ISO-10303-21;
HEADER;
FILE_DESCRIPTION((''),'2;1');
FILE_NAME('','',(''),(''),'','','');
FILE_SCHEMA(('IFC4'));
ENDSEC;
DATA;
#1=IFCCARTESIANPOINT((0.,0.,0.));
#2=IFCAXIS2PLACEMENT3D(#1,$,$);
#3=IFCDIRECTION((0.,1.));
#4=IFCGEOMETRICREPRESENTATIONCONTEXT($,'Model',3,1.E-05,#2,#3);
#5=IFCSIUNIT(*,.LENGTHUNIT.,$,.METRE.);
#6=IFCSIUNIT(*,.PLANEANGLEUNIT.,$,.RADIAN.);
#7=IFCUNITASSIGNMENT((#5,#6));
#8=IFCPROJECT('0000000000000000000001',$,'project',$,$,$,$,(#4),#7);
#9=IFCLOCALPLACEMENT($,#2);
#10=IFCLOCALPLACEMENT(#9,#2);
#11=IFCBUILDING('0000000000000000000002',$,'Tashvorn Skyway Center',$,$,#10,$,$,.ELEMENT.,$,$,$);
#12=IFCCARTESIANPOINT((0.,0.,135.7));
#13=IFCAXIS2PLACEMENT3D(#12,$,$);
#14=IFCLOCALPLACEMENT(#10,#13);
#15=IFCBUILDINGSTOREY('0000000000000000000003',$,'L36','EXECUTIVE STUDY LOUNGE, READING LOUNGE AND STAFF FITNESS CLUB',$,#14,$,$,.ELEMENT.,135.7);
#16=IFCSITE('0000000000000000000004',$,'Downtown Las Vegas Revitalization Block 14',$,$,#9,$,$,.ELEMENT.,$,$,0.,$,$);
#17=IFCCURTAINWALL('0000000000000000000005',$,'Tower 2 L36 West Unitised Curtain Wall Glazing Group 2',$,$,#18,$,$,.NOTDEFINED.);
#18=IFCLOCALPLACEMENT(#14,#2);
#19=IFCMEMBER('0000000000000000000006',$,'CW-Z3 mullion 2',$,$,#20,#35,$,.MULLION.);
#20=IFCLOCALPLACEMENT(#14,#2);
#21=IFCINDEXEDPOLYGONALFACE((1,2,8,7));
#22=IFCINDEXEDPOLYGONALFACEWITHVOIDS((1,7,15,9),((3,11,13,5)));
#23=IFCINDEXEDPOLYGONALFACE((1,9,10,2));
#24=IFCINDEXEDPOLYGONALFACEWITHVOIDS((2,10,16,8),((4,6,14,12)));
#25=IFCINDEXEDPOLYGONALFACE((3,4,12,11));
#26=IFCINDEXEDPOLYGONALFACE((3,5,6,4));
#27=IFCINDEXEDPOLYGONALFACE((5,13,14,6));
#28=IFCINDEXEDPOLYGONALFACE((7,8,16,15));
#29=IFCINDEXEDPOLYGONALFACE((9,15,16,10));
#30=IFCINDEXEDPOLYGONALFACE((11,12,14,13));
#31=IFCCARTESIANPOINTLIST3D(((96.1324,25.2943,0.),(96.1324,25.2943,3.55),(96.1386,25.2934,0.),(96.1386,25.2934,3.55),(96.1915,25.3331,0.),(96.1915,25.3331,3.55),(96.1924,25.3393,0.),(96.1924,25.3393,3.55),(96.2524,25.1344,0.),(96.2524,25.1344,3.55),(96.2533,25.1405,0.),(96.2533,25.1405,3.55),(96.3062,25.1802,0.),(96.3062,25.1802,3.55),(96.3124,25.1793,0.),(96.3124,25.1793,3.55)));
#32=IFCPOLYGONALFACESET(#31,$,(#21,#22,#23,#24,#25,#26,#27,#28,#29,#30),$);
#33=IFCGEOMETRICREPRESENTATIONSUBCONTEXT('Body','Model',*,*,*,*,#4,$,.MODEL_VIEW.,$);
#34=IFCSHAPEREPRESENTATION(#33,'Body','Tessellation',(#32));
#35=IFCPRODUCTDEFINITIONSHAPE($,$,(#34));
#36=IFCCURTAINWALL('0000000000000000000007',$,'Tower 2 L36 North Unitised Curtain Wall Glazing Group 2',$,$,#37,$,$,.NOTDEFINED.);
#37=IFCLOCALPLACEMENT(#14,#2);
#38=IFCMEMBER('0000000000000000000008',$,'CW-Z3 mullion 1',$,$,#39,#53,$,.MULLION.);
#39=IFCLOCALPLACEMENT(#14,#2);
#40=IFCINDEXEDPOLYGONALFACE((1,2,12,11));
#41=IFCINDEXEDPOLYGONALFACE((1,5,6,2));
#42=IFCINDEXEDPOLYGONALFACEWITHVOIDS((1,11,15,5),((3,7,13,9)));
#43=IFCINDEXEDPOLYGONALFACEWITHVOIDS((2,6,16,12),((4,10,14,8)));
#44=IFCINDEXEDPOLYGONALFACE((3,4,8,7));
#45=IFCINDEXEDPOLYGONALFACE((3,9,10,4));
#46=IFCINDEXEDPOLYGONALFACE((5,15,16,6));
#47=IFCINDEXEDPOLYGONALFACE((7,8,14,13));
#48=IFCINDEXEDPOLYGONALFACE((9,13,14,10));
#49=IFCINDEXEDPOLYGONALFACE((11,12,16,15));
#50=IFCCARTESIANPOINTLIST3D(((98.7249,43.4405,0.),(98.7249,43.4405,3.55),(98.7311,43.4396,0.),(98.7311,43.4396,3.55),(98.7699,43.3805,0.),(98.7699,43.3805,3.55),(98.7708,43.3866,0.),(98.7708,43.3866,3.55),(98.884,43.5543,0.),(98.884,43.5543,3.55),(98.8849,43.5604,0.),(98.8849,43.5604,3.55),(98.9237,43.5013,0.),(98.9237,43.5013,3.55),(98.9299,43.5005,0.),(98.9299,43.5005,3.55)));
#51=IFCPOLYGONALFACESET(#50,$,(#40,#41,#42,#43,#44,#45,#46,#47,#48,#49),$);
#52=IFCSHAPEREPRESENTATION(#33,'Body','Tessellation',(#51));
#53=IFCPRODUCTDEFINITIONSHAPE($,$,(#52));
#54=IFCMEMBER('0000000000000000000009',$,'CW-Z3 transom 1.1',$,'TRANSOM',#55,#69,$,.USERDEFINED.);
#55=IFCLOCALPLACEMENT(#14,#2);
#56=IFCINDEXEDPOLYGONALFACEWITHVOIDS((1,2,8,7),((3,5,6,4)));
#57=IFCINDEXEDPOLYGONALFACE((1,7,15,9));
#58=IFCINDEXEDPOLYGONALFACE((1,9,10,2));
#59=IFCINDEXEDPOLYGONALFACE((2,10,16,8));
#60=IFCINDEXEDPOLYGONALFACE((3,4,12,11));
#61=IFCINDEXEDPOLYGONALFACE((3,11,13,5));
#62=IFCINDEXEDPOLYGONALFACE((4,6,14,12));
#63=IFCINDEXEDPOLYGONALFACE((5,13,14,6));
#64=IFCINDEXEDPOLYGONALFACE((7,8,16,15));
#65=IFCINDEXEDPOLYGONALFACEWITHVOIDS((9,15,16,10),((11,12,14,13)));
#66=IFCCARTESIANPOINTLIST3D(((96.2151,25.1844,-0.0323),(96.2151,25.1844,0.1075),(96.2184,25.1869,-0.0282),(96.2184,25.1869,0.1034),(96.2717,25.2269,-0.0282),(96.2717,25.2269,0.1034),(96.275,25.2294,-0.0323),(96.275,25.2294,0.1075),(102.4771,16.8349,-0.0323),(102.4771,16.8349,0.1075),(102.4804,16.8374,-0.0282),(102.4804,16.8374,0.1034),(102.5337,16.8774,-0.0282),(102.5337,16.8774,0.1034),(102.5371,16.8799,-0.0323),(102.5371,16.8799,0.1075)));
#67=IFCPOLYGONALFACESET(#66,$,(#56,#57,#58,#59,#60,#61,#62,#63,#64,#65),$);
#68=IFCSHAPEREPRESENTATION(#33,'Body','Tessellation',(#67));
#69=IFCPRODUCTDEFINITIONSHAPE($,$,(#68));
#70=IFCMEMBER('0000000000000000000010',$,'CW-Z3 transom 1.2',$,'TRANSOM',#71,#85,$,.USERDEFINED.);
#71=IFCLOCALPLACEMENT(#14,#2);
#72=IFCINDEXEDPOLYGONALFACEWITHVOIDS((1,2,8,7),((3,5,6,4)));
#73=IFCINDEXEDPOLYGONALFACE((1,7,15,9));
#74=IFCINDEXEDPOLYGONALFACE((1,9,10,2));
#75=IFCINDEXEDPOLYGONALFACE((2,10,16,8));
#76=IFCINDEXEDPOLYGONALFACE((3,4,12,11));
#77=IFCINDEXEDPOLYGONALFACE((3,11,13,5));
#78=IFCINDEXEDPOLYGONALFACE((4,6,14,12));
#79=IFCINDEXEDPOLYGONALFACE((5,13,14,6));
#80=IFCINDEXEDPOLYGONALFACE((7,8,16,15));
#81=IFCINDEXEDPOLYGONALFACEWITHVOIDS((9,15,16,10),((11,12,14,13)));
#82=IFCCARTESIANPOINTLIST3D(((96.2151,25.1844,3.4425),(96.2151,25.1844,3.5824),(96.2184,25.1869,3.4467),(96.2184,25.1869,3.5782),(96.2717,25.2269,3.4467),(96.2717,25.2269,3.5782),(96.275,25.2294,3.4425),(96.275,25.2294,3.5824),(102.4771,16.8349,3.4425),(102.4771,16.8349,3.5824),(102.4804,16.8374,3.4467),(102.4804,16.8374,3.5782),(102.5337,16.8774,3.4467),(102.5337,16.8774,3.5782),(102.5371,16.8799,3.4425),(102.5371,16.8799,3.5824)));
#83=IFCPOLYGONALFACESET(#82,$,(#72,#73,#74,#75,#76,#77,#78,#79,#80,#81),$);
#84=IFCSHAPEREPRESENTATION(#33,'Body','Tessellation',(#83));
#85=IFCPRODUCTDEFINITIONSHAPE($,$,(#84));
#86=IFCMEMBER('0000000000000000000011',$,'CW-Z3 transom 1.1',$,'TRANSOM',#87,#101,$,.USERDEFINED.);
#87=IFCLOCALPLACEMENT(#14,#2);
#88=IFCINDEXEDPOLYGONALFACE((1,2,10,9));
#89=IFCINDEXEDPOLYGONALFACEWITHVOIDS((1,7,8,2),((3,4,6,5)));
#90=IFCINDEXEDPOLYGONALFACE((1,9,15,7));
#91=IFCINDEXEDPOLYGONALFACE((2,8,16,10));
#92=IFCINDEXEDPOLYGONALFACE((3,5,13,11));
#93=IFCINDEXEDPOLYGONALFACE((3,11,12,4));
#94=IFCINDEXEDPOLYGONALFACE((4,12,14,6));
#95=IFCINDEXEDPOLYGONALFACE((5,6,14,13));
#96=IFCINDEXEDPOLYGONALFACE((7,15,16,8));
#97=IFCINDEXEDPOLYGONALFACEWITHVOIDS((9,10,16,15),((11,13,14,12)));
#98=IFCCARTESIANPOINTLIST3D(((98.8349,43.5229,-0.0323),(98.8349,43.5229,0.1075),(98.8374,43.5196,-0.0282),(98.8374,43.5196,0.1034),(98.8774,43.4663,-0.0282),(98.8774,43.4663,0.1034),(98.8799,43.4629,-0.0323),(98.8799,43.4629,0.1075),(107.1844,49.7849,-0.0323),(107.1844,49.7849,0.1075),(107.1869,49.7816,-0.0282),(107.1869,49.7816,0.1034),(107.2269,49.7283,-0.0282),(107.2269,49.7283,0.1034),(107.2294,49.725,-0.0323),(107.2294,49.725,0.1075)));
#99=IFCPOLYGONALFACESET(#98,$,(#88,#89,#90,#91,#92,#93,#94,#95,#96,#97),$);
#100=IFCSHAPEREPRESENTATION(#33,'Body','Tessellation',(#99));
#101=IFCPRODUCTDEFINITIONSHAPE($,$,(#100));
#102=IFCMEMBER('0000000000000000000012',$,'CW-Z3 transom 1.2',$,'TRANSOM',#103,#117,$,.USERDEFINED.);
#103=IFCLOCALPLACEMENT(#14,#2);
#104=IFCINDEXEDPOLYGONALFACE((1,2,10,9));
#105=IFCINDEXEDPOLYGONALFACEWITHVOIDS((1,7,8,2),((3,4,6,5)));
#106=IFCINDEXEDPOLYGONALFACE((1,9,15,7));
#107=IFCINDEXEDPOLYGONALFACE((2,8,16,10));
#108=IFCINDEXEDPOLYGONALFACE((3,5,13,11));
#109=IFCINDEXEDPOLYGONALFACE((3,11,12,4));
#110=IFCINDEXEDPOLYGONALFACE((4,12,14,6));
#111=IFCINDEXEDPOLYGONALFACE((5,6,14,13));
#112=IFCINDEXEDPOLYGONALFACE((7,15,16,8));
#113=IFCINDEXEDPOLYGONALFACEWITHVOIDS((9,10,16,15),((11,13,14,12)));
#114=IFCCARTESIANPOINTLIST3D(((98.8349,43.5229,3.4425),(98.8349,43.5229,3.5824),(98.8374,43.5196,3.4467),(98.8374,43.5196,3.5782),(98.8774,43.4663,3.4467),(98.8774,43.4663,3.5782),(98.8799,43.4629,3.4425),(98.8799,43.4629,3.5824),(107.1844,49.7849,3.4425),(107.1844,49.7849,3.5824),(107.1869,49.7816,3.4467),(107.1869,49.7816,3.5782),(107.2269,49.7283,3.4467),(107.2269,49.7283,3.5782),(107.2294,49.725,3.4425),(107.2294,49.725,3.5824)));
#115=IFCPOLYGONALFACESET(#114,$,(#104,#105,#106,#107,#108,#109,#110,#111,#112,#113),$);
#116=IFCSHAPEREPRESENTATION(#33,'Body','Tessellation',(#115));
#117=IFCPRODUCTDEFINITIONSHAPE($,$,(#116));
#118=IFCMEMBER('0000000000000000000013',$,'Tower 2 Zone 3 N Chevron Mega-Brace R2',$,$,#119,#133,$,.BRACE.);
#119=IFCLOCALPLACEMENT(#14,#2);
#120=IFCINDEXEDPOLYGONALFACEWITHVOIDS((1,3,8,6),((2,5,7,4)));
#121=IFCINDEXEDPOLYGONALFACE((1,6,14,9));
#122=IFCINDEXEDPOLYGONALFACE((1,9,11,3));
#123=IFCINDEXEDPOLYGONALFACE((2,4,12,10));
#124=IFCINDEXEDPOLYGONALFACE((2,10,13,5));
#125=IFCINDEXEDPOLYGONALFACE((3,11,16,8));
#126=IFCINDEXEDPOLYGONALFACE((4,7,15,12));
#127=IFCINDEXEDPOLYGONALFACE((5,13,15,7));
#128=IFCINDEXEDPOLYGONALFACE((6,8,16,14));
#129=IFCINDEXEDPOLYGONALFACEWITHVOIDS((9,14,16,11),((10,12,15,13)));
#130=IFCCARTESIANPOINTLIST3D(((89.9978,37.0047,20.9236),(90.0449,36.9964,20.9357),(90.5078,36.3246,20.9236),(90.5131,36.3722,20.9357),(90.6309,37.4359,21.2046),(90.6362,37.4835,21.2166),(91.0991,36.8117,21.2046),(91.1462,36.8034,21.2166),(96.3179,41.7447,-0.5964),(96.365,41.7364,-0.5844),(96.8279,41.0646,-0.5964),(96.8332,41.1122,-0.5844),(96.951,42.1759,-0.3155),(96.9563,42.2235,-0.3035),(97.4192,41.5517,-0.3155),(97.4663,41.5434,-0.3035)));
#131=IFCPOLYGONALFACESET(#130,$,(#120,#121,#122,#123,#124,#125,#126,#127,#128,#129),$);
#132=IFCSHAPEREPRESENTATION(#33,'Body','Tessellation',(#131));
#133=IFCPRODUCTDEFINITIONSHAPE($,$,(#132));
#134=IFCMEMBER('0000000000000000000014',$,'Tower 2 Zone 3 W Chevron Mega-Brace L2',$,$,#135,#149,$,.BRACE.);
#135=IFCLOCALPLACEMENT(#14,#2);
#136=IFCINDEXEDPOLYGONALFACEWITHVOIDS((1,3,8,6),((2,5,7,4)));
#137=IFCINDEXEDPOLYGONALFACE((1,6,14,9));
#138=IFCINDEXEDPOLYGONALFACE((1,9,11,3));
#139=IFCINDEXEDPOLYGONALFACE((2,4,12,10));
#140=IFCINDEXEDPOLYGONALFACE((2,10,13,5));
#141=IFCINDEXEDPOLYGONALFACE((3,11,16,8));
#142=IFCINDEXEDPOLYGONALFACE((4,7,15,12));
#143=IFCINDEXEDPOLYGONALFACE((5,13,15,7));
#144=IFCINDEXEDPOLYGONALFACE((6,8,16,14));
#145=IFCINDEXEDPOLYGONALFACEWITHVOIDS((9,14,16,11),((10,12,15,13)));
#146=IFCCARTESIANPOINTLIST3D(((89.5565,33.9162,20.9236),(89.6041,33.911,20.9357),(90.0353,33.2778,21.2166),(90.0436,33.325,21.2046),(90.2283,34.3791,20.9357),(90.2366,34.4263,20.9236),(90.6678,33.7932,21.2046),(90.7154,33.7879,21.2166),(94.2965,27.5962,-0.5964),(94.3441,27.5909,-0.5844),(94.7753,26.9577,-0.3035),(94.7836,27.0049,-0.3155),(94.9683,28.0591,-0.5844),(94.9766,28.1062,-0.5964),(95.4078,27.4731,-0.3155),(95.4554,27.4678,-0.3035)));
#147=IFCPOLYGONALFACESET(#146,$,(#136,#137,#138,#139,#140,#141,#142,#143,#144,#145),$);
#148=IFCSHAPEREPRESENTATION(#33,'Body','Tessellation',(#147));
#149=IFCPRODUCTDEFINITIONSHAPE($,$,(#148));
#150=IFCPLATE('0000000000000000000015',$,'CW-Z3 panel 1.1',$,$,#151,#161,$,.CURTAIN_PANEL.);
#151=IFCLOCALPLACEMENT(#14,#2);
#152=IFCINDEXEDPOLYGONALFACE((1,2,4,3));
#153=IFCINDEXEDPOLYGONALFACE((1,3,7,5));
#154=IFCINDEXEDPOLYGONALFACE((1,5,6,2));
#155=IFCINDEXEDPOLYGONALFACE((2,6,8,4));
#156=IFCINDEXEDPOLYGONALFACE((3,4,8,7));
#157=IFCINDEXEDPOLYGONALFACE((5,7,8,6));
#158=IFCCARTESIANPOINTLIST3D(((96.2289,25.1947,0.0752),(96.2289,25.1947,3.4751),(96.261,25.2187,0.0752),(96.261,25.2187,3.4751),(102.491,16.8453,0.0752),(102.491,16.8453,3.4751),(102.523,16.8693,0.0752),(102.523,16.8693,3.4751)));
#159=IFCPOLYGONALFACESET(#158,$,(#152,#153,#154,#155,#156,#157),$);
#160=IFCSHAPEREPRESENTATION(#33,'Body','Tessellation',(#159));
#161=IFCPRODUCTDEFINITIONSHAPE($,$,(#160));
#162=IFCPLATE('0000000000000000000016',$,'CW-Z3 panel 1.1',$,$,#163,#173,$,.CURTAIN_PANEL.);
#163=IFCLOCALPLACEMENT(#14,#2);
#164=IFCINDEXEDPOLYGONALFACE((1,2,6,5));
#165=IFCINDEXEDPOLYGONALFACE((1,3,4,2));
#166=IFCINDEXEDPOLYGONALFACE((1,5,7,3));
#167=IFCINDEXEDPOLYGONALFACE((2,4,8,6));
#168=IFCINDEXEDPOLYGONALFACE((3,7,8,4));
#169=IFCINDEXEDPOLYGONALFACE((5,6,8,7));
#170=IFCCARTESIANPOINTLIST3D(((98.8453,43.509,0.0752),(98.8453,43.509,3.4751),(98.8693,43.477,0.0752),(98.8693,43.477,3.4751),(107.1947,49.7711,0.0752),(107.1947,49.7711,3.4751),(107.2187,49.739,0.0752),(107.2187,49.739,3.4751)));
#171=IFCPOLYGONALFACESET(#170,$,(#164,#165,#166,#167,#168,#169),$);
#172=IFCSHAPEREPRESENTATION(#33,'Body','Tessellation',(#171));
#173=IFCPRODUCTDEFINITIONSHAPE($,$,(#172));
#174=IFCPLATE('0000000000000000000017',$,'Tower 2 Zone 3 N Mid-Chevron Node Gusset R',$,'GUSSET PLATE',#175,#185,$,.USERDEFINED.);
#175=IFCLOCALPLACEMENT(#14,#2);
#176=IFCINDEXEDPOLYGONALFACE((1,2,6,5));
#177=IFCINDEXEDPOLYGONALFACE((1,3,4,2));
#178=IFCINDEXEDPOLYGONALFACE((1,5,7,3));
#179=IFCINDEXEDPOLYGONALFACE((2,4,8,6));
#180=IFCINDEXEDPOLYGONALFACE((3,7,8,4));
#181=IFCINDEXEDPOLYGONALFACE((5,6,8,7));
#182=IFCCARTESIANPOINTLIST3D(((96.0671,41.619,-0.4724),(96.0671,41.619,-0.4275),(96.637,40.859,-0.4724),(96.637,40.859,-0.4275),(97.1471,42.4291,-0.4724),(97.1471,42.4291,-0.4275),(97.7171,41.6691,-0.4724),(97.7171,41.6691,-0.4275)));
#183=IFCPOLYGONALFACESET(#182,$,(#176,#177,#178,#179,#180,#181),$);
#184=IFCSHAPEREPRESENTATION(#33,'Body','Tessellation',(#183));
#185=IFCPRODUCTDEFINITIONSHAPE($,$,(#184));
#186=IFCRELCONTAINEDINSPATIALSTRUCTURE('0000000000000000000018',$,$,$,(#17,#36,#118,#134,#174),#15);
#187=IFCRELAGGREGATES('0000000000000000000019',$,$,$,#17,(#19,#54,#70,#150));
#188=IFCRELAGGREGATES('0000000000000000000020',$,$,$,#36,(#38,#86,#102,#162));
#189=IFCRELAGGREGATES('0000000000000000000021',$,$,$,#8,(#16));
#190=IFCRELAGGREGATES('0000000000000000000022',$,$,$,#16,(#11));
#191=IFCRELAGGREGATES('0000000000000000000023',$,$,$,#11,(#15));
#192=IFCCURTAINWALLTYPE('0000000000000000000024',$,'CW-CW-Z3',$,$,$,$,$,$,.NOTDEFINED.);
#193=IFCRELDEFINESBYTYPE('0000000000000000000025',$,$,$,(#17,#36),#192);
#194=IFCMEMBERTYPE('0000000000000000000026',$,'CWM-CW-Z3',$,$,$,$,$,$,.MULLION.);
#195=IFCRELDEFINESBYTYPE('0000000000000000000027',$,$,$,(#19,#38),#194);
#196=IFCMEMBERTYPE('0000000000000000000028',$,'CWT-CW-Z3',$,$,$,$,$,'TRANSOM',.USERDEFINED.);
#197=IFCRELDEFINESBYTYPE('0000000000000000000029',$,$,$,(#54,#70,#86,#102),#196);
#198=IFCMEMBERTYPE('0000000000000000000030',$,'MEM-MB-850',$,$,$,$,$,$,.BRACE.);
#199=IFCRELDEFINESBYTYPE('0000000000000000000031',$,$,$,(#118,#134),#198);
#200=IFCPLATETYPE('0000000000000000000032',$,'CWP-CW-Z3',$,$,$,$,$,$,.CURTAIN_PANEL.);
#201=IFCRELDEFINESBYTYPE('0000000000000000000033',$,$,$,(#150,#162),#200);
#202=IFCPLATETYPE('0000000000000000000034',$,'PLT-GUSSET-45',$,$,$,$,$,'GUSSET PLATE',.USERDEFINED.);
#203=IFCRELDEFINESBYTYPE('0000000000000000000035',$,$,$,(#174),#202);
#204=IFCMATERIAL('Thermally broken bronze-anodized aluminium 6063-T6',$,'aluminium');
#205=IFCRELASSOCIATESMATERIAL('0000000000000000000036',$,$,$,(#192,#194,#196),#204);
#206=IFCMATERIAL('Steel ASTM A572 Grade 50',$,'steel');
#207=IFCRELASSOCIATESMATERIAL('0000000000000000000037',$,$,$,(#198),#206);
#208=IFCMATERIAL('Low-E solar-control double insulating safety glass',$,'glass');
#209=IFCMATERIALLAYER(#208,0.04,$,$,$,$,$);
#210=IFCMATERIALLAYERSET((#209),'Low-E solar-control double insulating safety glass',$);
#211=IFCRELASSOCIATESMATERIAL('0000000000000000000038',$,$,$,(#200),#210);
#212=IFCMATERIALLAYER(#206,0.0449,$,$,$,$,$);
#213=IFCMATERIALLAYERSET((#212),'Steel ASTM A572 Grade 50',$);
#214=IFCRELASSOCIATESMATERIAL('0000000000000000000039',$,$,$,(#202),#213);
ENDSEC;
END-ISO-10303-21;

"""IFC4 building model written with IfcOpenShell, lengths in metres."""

from ifc_helpers import new_model, si_unit, direction, frame, origin, origin_2d, place, context, subcontext, project, spatial, rectangle, hollow_rectangle, extrude, material, layer, layer_set, material_profile, profile_set, type_object, element, aggregate, save


model = new_model("IFC4")

# Units and contexts
model_context = context("Model", 3, precision=1e-05, world=origin(), true_north=direction((0.0, 1.0)))
body_context = subcontext(model_context, "Body", "Model", "MODEL_VIEW")
ifc_project = project(units=[si_unit("LENGTHUNIT", "METRE"), si_unit("PLANEANGLEUNIT", "RADIAN")], contexts=[model_context])

# Site, building, storey
site_placement = place(None, origin())
site = spatial("IfcSite", under=ifc_project, at=site_placement, Name="Downtown Las Vegas Revitalization Block 14", CompositionType="ELEMENT", RefElevation=0.0)
building_placement = place(site_placement, origin())
building = spatial("IfcBuilding", under=site, at=building_placement, Name="Tashvorn Skyway Center", CompositionType="ELEMENT")
storey_placement = place(building_placement, frame((0.0, 0.0, 135.7)))
storey = spatial("IfcBuildingStorey", under=building, at=storey_placement, Name="L36", Description="EXECUTIVE STUDY LOUNGE, READING LOUNGE AND STAFF FITNESS CLUB", CompositionType="ELEMENT", Elevation=135.7)

# Shared definitions
ifc_material_1 = material(Name="Steel ASTM A572 Grade 50", Category="steel")

# Curtain wall, member
ifc_material_2 = material(Name="Thermally broken bronze-anodized aluminium 6063-T6", Category="aluminium")
curtain_wall_type = type_object("IfcCurtainWallType", Name="CW-CW-Z3", PredefinedType="NOTDEFINED", material=ifc_material_2)
curtain_wall_1_placement = place(storey_placement, origin())
curtain_wall_1 = element("IfcCurtainWall", 1, at=curtain_wall_1_placement, inside=storey, type_object=curtain_wall_type, Name="Tower 2 L36 West Unitised Curtain Wall Glazing Group 2", PredefinedType="NOTDEFINED")
ifc_material_profile_1 = material_profile(ifc_material_2, hollow_rectangle(XDim=0.075, YDim=0.2, WallThickness=0.0044, at=origin_2d()), Name="ALU-MULL-75x200")
ifc_profile_set_1 = profile_set([ifc_material_profile_1], Name="Thermally broken bronze-anodized aluminium 6063-T6")
member_type_1 = type_object("IfcMemberType", Name="CWM-CW-Z3", PredefinedType="MULLION", material=ifc_profile_set_1)
member_1_placement = place(storey_placement, frame((96.2224, 25.2368, 0.0), z_axis=(0.0, 0.0, 1.0), x_axis=(-0.800002, -0.599997, 0.0)))
member_1 = element("IfcMember", 2, at=member_1_placement, type_object=member_type_1, Name="CW-Z3 mullion 2", PredefinedType="MULLION", context=body_context, shape_type="SweptSolid", body=[
    extrude(hollow_rectangle(XDim=0.075, YDim=0.2, WallThickness=0.0044, at=origin_2d()), origin(), (0.0, 0.0, 1.0), 3.55),
])

# Curtain wall, member
curtain_wall_2_placement = place(storey_placement, origin())
curtain_wall_2 = element("IfcCurtainWall", 3, at=curtain_wall_2_placement, inside=storey, type_object=curtain_wall_type, Name="Tower 2 L36 North Unitised Curtain Wall Glazing Group 2", PredefinedType="NOTDEFINED")
member_2_placement = place(storey_placement, frame((98.8274, 43.4705, 0.0), z_axis=(0.0, 0.0, 1.0), x_axis=(-0.599997, 0.800002, 0.0)))
member_2 = element("IfcMember", 4, at=member_2_placement, type_object=member_type_1, Name="CW-Z3 mullion 1", PredefinedType="MULLION", context=body_context, shape_type="SweptSolid", body=[
    extrude(hollow_rectangle(XDim=0.075, YDim=0.2, WallThickness=0.0044, at=origin_2d()), origin(), (0.0, 0.0, 1.0), 3.55),
])

# Members
ifc_material_profile_2 = material_profile(ifc_material_2, hollow_rectangle(XDim=0.075, YDim=0.1399, WallThickness=0.0042, at=origin_2d()), Name="ALU-TRAN-75x140")
ifc_profile_set_2 = profile_set([ifc_material_profile_2], Name="Thermally broken bronze-anodized aluminium 6063-T6")
member_type_2 = type_object("IfcMemberType", Name="CWT-CW-Z3", ElementType="TRANSOM", PredefinedType="USERDEFINED", material=ifc_profile_set_2)
member_3_placement = place(storey_placement, frame((102.5071, 16.8574, 0.0376), z_axis=(-0.599996, 0.800003, 0.0), x_axis=(-0.800003, -0.599996, 0.0)))
member_3 = element("IfcMember", 5, at=member_3_placement, type_object=member_type_2, Name="CW-Z3 transom 1.1", ObjectType="TRANSOM", PredefinedType="USERDEFINED", context=body_context, shape_type="SweptSolid", body=[
    extrude(hollow_rectangle(XDim=0.075, YDim=0.1399, WallThickness=0.0042, at=origin_2d()), origin(), (0.0, 0.0, 1.0), 10.4368),
])
member_4_placement = place(storey_placement, frame((102.5071, 16.8574, 3.5125), z_axis=(-0.599996, 0.800003, 0.0), x_axis=(-0.800003, -0.599996, 0.0)))
member_4 = element("IfcMember", 6, at=member_4_placement, type_object=member_type_2, Name="CW-Z3 transom 1.2", ObjectType="TRANSOM", PredefinedType="USERDEFINED", context=body_context, shape_type="SweptSolid", body=[
    extrude(hollow_rectangle(XDim=0.075, YDim=0.1399, WallThickness=0.0042, at=origin_2d()), origin(), (0.0, 0.0, 1.0), 10.4368),
])
member_5_placement = place(storey_placement, frame((98.8574, 43.4929, 0.0376), z_axis=(0.800003, 0.599996, 0.0), x_axis=(-0.599996, 0.800003, 0.0)))
member_5 = element("IfcMember", 7, at=member_5_placement, type_object=member_type_2, Name="CW-Z3 transom 1.1", ObjectType="TRANSOM", PredefinedType="USERDEFINED", context=body_context, shape_type="SweptSolid", body=[
    extrude(hollow_rectangle(XDim=0.075, YDim=0.1399, WallThickness=0.0042, at=origin_2d()), origin(), (0.0, 0.0, 1.0), 10.4368),
])
member_6_placement = place(storey_placement, frame((98.8574, 43.4929, 3.5125), z_axis=(0.800003, 0.599996, 0.0), x_axis=(-0.599996, 0.800003, 0.0)))
member_6 = element("IfcMember", 8, at=member_6_placement, type_object=member_type_2, Name="CW-Z3 transom 1.2", ObjectType="TRANSOM", PredefinedType="USERDEFINED", context=body_context, shape_type="SweptSolid", body=[
    extrude(hollow_rectangle(XDim=0.075, YDim=0.1399, WallThickness=0.0042, at=origin_2d()), origin(), (0.0, 0.0, 1.0), 10.4368),
])

# Members
ifc_material_profile_3 = material_profile(ifc_material_1, hollow_rectangle(XDim=0.8501, YDim=0.8501, WallThickness=0.0349, at=origin_2d()), Name="BOX850x850x35")
ifc_profile_set_3 = profile_set([ifc_material_profile_3], Name="Steel ASTM A572 Grade 50")
member_type_3 = type_object("IfcMemberType", Name="MEM-MB-850", PredefinedType="BRACE", material=ifc_profile_set_3)
for number, where, z_axis, x_axis, name in (
    (9, (96.8921, 41.644, -0.45), (-0.275693, -0.206767, 0.938744), (0.599995, -0.800004, 0.0), "Tower 2 Zone 3 N Chevron Mega-Brace R2"),
    (10, (94.876, 27.532, -0.45), (-0.206767, 0.275693, 0.938744), (-0.800004, -0.599995, 0.0), "Tower 2 Zone 3 W Chevron Mega-Brace L2"),
):
    element("IfcMember", number, at=place(storey_placement, frame(where, z_axis=z_axis, x_axis=x_axis)), inside=storey, type_object=member_type_3, Name=name, PredefinedType="BRACE", context=body_context, shape_type="SweptSolid", body=[
        extrude(hollow_rectangle(XDim=0.8501, YDim=0.8501, WallThickness=0.0349, at=origin_2d()), origin(), (0.0, 0.0, 1.0), 22.9243),
    ])

# Plates
ifc_material_3 = material(Name="Low-E solar-control double insulating safety glass", Category="glass")
ifc_layer_1 = layer(ifc_material_3, 0.04)
ifc_layer_set_1 = layer_set([ifc_layer_1], Name="Low-E solar-control double insulating safety glass")
plate_type_1 = type_object("IfcPlateType", Name="CWP-CW-Z3", PredefinedType="CURTAIN_PANEL", material=ifc_layer_set_1)
plate_1_placement = place(storey_placement, frame((99.376, 21.032, 0.0752), z_axis=(0.0, 0.0, 1.0), x_axis=(-0.599997, 0.800002, 0.0)))
plate_1 = element("IfcPlate", 11, at=plate_1_placement, type_object=plate_type_1, Name="CW-Z3 panel 1.1", PredefinedType="CURTAIN_PANEL", context=body_context, shape_type="SweptSolid", body=[
    extrude(rectangle(XDim=10.4368, YDim=0.04, at=origin_2d()), origin(), (0.0, 0.0, 1.0), 3.3999),
])
aggregate(curtain_wall_1, [member_1, member_3, member_4, plate_1])
plate_2_placement = place(storey_placement, frame((103.032, 46.624, 0.0752), z_axis=(0.0, 0.0, 1.0), x_axis=(0.800002, 0.599997, 0.0)))
plate_2 = element("IfcPlate", 12, at=plate_2_placement, type_object=plate_type_1, Name="CW-Z3 panel 1.1", PredefinedType="CURTAIN_PANEL", context=body_context, shape_type="SweptSolid", body=[
    extrude(rectangle(XDim=10.4368, YDim=0.04, at=origin_2d()), origin(), (0.0, 0.0, 1.0), 3.3999),
])
aggregate(curtain_wall_2, [member_2, member_5, member_6, plate_2])

# Plate
ifc_layer_2 = layer(ifc_material_1, 0.0449)
ifc_layer_set_2 = layer_set([ifc_layer_2], Name="Steel ASTM A572 Grade 50")
plate_type_2 = type_object("IfcPlateType", Name="PLT-GUSSET-45", ElementType="GUSSET PLATE", PredefinedType="USERDEFINED", material=ifc_layer_set_2)
for number, where, z_axis, x_axis, name in (
    (13, (96.8921, 41.644, -0.4724), (0.0, 0.0, 1.0), (-0.8, -0.6, 0.0), "Tower 2 Zone 3 N Mid-Chevron Node Gusset R"),
):
    element("IfcPlate", number, at=place(storey_placement, frame(where, z_axis=z_axis, x_axis=x_axis)), inside=storey, type_object=plate_type_2, Name=name, ObjectType="GUSSET PLATE", PredefinedType="USERDEFINED", context=body_context, shape_type="SweptSolid", body=[
        extrude(rectangle(XDim=1.3501, YDim=0.95, at=origin_2d()), origin(), (0.0, 0.0, 1.0), 0.0449),
    ])

save(model, "model.ifc")
